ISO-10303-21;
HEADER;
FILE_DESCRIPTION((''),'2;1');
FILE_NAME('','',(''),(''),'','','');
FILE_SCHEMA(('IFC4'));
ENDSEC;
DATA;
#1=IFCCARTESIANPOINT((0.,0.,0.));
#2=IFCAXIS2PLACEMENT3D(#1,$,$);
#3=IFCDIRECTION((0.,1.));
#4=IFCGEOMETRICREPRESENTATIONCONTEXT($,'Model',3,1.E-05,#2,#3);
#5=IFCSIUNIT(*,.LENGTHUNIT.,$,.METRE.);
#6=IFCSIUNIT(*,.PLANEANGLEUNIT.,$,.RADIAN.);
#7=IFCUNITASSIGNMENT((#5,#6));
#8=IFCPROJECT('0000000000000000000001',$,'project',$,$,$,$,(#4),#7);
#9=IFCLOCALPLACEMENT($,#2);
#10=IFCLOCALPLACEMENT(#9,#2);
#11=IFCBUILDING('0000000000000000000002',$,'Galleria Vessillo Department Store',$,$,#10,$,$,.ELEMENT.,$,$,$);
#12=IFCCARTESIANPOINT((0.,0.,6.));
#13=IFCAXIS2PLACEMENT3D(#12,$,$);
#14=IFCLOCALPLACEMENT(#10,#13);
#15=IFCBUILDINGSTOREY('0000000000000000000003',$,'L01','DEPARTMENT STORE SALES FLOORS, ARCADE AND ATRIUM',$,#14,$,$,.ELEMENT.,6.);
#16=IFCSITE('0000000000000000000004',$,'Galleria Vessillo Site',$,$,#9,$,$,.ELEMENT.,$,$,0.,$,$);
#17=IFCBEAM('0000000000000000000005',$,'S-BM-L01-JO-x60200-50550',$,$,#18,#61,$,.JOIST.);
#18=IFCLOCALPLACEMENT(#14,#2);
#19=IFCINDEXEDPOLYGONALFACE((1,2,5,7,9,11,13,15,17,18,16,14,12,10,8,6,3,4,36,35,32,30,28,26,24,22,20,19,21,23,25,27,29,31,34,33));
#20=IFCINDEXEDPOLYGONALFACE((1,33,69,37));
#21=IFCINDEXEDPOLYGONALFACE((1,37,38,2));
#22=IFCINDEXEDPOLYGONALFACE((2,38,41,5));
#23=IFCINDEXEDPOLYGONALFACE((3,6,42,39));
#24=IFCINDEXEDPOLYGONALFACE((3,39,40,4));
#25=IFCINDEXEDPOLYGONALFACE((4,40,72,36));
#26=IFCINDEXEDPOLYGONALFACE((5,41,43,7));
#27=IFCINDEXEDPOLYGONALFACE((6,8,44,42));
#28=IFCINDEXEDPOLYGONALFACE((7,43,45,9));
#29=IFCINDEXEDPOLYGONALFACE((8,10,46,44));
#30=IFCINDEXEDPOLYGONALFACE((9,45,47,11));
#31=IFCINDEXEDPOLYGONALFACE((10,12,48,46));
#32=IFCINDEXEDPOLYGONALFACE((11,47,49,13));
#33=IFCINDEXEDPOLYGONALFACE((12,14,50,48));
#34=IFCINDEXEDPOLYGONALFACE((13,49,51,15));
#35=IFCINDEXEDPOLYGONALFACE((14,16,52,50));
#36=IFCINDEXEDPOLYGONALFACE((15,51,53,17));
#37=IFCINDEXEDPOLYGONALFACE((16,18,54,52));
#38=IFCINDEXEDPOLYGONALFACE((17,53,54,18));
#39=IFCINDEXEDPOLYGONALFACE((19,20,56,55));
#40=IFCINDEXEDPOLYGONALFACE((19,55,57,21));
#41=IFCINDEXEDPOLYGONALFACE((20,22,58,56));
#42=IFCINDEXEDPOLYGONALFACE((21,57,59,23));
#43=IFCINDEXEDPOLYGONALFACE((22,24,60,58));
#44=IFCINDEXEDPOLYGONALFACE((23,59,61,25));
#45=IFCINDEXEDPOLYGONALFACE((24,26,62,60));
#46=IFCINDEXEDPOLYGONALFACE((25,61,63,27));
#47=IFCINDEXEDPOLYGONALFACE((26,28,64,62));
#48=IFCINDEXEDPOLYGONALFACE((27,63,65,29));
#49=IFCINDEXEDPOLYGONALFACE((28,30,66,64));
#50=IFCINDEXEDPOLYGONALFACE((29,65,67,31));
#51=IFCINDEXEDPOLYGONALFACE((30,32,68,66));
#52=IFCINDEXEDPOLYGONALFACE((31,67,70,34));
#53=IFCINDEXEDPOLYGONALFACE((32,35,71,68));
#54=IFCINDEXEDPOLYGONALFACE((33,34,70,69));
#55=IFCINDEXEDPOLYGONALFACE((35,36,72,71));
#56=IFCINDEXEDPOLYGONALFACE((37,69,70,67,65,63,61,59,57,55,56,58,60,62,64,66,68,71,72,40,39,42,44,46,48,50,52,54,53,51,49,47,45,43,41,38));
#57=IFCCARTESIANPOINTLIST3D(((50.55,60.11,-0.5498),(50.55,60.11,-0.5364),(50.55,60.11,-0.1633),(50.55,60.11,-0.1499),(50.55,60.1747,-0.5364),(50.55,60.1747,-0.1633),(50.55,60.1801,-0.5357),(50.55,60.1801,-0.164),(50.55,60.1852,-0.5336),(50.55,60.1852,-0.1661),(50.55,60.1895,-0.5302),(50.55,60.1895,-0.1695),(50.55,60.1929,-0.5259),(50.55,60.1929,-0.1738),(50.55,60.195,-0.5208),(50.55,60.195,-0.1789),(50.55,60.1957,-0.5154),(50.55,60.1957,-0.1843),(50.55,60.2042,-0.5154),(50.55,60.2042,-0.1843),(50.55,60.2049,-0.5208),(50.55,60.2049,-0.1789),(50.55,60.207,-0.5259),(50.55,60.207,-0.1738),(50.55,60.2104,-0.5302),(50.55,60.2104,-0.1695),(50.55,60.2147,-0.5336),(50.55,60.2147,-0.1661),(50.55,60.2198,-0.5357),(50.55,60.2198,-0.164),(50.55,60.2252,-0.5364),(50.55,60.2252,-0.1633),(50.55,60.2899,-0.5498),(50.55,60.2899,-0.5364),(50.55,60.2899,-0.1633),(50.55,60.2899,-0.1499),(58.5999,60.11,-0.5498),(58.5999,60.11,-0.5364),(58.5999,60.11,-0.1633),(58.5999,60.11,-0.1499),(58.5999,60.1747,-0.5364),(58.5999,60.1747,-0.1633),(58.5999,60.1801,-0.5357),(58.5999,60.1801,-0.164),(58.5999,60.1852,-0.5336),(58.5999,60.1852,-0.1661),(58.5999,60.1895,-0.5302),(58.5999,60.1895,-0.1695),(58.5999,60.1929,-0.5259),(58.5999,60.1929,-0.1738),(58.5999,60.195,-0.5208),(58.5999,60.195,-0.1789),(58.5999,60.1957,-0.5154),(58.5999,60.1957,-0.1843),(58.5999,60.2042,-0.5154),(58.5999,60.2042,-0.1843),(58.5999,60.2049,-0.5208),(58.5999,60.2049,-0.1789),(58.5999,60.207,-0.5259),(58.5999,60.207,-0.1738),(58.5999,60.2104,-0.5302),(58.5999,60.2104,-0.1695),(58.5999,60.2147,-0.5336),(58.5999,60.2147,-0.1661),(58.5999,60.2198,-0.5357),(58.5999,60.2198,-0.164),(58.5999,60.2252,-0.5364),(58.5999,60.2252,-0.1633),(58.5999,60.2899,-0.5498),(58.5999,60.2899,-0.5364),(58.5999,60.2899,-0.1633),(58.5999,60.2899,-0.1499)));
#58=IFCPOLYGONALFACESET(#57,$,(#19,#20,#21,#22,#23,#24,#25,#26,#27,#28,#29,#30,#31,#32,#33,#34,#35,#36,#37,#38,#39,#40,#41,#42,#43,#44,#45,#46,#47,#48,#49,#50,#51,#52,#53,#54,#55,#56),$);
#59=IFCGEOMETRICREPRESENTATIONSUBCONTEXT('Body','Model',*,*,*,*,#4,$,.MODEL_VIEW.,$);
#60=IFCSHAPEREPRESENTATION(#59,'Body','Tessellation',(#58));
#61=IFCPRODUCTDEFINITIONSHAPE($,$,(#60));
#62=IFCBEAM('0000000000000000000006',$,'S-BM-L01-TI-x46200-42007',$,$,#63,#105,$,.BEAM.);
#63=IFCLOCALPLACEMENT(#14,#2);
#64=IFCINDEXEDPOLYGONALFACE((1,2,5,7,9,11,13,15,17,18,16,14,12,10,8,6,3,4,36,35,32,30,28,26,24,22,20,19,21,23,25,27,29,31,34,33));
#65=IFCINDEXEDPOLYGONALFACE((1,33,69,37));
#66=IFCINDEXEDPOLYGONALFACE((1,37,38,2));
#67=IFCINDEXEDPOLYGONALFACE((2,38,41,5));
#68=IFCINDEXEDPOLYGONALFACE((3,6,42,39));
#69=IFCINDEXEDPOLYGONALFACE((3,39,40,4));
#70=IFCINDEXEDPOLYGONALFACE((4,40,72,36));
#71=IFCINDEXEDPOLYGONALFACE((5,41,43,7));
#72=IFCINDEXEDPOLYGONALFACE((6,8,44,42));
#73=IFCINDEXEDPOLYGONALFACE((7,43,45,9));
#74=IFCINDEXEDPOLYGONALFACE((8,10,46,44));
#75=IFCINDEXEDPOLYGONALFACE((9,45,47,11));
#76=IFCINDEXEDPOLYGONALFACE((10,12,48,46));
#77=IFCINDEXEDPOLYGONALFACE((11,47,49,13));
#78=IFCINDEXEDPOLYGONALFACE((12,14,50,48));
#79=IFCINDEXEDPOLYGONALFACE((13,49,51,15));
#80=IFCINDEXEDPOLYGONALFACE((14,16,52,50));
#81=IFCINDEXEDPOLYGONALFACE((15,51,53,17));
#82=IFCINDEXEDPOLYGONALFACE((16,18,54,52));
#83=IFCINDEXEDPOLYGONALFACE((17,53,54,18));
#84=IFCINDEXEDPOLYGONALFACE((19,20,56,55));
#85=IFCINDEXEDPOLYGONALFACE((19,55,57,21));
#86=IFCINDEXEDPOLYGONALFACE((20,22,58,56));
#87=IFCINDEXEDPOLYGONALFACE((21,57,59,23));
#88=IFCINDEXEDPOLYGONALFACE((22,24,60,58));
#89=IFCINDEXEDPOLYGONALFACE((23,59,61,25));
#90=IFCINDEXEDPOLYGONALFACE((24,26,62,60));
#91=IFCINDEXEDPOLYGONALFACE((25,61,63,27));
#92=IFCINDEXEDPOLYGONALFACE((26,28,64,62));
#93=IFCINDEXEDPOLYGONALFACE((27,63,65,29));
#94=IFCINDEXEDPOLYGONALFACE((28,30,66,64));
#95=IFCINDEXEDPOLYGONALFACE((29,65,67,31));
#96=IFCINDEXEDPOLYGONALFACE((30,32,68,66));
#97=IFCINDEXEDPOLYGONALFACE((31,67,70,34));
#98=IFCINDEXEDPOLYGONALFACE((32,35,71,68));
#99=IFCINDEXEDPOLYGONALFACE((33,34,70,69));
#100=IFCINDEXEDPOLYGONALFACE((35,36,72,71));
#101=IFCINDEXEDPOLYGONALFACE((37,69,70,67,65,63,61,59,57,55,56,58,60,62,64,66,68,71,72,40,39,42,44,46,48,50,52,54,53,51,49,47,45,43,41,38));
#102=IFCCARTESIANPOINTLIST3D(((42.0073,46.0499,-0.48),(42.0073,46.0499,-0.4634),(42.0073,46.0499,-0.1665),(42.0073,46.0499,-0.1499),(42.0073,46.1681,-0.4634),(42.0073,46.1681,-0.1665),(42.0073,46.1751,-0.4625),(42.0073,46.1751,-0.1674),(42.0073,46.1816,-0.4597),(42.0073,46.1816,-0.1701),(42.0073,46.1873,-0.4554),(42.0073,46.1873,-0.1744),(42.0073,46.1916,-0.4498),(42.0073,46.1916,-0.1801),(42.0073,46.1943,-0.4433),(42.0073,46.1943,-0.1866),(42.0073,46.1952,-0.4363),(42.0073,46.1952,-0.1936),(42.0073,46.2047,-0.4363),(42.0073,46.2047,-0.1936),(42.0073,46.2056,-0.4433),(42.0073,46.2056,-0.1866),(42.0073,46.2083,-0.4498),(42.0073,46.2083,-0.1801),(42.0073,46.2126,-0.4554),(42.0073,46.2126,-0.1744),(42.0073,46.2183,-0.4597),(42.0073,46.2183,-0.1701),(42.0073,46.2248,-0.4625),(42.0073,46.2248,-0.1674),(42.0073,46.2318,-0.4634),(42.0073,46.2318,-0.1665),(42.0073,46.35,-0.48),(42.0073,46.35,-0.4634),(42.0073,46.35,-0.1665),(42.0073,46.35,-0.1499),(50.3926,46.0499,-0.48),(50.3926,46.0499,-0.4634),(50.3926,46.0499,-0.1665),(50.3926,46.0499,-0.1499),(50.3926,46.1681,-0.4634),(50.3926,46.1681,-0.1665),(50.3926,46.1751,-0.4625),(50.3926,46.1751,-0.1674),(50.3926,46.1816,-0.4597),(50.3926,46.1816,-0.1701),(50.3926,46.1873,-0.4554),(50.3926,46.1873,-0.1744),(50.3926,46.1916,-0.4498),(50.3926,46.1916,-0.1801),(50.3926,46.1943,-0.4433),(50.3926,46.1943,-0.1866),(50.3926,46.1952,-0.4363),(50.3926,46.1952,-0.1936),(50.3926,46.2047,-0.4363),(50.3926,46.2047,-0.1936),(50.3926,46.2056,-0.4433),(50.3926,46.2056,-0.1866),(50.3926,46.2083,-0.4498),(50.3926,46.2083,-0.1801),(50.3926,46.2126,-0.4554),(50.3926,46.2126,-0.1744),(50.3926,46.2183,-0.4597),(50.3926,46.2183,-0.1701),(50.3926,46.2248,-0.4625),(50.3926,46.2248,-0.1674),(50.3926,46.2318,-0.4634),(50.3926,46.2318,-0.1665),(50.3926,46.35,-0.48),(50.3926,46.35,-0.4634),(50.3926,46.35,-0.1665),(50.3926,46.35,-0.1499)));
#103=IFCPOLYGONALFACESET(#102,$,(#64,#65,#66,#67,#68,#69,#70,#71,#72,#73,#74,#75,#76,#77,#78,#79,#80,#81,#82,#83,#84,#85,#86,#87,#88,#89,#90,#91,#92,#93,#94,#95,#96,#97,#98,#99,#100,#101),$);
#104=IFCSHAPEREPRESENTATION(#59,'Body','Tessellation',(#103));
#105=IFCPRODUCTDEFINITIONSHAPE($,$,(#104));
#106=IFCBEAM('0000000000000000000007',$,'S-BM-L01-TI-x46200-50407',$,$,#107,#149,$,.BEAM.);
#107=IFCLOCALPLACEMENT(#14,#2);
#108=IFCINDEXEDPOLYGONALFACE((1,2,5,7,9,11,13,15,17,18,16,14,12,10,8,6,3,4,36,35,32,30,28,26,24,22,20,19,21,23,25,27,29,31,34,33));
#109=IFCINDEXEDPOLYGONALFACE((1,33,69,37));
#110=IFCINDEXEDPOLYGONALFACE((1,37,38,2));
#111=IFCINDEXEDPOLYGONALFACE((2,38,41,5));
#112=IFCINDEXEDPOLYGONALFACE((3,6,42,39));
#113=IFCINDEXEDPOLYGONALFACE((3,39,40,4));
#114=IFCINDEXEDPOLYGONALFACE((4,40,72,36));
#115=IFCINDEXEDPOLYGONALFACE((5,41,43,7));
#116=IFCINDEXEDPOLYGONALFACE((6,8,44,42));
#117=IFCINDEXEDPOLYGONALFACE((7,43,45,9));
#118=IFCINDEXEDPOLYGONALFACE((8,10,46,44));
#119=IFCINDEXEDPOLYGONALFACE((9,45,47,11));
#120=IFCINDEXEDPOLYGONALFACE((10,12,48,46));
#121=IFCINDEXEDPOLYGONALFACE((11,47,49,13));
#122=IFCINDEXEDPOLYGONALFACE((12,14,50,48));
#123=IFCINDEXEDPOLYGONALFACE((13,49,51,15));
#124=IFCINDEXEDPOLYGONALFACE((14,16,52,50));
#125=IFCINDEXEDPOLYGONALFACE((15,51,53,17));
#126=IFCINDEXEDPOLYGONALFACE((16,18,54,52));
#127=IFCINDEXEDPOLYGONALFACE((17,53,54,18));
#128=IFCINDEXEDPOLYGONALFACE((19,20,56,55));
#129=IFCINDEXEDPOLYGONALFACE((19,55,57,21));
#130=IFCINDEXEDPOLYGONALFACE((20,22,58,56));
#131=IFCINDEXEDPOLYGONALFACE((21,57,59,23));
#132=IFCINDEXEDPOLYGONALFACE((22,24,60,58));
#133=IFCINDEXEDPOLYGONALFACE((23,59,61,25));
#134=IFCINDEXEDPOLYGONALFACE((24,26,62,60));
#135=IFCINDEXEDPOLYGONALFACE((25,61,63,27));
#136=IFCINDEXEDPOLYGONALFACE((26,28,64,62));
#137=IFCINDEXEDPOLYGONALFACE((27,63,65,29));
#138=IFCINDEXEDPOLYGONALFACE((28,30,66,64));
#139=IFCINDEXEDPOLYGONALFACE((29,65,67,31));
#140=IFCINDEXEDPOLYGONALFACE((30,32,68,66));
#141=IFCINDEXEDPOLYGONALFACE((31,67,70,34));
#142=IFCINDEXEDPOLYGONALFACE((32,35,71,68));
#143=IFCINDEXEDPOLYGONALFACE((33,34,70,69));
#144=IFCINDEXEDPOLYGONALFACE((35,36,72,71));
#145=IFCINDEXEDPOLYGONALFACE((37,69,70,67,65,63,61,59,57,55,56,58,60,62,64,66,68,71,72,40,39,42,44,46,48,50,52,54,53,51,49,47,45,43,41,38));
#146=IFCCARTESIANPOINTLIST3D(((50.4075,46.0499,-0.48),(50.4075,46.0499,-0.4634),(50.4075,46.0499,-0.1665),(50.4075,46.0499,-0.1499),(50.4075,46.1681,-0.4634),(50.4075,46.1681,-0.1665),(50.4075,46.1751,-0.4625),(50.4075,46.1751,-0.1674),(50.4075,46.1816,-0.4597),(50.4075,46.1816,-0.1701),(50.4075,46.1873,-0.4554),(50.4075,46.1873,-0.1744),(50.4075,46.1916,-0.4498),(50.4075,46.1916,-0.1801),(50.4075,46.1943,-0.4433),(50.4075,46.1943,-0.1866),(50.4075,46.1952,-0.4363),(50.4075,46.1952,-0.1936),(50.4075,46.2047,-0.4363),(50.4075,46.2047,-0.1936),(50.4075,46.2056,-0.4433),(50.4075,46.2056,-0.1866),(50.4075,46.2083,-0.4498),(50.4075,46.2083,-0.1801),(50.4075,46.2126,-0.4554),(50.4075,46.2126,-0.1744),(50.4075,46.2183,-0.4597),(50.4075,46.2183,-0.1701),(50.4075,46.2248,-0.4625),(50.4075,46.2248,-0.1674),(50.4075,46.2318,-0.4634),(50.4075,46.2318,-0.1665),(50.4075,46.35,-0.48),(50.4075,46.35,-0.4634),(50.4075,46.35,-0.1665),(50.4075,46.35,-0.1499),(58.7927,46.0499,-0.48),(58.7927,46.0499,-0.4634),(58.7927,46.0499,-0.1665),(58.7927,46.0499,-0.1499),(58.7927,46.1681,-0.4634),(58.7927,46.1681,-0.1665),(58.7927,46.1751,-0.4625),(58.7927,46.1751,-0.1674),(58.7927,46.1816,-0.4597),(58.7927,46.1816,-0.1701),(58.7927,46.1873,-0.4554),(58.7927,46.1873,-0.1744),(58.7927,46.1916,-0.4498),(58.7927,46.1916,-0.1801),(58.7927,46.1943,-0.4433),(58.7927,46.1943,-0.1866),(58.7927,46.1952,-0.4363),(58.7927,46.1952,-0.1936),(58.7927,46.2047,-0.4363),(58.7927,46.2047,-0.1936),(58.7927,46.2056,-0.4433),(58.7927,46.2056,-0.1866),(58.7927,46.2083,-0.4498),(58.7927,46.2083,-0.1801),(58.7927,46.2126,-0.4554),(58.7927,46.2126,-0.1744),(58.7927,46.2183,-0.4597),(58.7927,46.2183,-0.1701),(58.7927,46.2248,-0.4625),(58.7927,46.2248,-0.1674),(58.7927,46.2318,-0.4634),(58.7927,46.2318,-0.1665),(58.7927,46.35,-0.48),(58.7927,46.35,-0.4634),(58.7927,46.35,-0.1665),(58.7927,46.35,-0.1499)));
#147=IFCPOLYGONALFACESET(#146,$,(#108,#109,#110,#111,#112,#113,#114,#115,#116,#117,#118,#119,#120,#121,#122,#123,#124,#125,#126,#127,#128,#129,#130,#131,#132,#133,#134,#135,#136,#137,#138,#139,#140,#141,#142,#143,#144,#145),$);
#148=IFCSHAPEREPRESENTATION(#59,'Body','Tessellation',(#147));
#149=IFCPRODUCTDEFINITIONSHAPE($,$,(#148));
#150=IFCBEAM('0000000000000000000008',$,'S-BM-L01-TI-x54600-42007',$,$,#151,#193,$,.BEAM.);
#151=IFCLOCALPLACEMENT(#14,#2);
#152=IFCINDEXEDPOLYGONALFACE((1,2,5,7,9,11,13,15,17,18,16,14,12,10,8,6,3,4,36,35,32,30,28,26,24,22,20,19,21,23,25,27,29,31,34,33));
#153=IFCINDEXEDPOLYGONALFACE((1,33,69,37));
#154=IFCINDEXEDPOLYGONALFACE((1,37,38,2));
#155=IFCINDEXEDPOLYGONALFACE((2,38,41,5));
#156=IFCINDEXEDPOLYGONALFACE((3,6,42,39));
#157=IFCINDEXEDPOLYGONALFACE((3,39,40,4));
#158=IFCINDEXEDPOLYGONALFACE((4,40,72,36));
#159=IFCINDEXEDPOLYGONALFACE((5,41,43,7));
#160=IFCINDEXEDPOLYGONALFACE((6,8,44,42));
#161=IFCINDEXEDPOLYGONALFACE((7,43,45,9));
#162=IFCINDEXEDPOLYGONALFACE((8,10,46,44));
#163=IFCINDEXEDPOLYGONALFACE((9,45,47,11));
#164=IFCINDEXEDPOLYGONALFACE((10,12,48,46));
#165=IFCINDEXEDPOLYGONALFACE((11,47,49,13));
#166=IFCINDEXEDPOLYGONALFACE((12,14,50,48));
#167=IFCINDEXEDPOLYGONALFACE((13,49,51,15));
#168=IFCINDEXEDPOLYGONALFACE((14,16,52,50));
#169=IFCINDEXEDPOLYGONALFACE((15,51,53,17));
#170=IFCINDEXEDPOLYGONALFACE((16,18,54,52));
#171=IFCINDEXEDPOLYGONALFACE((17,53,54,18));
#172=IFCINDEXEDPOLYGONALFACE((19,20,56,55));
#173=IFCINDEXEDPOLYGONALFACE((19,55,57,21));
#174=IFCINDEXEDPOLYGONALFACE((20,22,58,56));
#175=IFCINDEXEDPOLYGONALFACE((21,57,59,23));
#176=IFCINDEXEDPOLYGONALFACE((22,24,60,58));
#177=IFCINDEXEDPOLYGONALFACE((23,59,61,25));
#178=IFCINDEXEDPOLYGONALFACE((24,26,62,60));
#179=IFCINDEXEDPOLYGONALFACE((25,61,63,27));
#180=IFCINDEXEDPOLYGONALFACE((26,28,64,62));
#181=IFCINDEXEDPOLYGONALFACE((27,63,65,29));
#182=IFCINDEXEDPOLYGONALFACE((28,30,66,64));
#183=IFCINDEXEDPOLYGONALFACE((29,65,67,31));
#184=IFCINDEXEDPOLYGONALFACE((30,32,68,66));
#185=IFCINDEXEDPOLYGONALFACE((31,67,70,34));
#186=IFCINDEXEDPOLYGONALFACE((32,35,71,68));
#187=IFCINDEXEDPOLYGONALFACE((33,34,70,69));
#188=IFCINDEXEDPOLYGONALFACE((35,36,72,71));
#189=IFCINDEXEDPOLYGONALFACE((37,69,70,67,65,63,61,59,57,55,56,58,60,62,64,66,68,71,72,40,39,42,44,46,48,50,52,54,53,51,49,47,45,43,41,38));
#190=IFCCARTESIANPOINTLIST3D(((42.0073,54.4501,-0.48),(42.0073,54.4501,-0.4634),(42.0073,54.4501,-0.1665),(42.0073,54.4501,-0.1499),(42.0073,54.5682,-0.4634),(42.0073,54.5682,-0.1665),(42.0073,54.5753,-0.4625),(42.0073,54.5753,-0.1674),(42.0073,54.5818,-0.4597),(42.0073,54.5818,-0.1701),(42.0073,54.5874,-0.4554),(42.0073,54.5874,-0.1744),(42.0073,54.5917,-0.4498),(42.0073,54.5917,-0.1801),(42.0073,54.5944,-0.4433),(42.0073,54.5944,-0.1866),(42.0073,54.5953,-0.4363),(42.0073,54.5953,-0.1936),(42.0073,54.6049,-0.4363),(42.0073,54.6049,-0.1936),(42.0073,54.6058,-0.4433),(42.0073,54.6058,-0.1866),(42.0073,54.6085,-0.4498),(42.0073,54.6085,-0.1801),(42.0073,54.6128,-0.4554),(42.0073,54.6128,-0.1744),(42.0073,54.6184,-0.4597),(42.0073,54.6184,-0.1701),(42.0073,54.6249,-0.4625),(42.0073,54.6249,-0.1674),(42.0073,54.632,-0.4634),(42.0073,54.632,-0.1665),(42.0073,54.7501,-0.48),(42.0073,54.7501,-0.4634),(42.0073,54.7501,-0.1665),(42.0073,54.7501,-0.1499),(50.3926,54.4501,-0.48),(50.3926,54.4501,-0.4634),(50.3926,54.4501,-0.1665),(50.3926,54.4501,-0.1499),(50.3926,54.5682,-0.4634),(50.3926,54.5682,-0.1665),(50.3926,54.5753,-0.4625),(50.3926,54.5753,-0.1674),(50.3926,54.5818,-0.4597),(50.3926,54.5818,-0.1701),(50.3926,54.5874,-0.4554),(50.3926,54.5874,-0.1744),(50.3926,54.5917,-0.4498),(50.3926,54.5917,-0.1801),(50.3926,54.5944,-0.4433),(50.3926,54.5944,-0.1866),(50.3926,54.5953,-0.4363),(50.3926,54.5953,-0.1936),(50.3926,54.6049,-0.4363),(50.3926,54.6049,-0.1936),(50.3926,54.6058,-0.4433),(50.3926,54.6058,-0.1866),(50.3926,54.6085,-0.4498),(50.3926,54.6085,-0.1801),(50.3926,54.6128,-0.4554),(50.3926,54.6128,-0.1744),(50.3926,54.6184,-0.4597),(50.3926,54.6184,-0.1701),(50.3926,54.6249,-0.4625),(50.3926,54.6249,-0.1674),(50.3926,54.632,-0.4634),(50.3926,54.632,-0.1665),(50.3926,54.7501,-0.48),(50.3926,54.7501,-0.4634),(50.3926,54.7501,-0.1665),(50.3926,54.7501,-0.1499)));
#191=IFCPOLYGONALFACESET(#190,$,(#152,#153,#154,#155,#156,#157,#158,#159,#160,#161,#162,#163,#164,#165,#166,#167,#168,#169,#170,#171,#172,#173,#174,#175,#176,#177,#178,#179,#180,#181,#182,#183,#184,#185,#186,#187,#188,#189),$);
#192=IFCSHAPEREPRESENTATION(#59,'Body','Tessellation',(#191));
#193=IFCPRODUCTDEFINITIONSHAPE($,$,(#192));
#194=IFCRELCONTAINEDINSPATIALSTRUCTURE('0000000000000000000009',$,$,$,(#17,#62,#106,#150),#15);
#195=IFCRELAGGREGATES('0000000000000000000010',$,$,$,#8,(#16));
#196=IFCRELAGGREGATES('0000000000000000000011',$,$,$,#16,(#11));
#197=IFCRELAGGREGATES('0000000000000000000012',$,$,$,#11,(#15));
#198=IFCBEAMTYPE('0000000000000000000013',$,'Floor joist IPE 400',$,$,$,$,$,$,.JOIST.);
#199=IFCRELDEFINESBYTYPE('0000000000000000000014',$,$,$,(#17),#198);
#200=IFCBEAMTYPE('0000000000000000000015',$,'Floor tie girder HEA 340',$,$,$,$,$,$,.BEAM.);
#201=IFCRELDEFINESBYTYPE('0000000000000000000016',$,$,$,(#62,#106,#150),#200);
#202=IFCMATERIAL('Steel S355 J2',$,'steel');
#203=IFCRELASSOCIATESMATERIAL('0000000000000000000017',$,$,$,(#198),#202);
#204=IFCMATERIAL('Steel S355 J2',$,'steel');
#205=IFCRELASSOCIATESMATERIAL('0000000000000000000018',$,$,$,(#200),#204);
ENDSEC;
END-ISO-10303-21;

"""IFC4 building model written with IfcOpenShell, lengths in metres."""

from ifc_helpers import new_model, si_unit, direction, frame, origin, origin_2d, place, context, subcontext, project, spatial, i_section, extrude, material, material_profile, profile_set, type_object, element, save


model = new_model("IFC4")

# Units and contexts
model_context = context("Model", 3, precision=1e-05, world=origin(), true_north=direction((0.0, 1.0)))
body_context = subcontext(model_context, "Body", "Model", "MODEL_VIEW")
ifc_project = project(units=[si_unit("LENGTHUNIT", "METRE"), si_unit("PLANEANGLEUNIT", "RADIAN")], contexts=[model_context])

# Site, building, storey
site_placement = place(None, origin())
site = spatial("IfcSite", under=ifc_project, at=site_placement, Name="Galleria Vessillo Site", CompositionType="ELEMENT", RefElevation=0.0)
building_placement = place(site_placement, origin())
building = spatial("IfcBuilding", under=site, at=building_placement, Name="Galleria Vessillo Department Store", CompositionType="ELEMENT")
storey_placement = place(building_placement, frame((0.0, 0.0, 6.0)))
storey = spatial("IfcBuildingStorey", under=building, at=storey_placement, Name="L01", Description="DEPARTMENT STORE SALES FLOORS, ARCADE AND ATRIUM", CompositionType="ELEMENT", Elevation=6.0)

# Beams
ifc_material_1 = material(Name="Steel S355 J2", Category="steel")
ifc_material_profile_1 = material_profile(ifc_material_1, i_section(OverallWidth=0.1799, OverallDepth=0.3999, WebThickness=0.0085, FlangeThickness=0.0134, FilletRadius=0.021, at=origin_2d()), Name="IPE 400")
ifc_profile_set_1 = profile_set([ifc_material_profile_1], Name="Steel S355 J2")
beam_type_1 = type_object("IfcBeamType", Name="Floor joist IPE 400", PredefinedType="JOIST", material=ifc_profile_set_1)
for number, where, z_axis, x_axis, name in (
    (1, (50.55, 60.2, -0.3499), (1.0, 0.0, 0.0), (0.0, 1.0, 0.0), "S-BM-L01-JO-x60200-50550"),
):
    element("IfcBeam", number, at=place(storey_placement, frame(where, z_axis=z_axis, x_axis=x_axis)), inside=storey, type_object=beam_type_1, Name=name, PredefinedType="JOIST", context=body_context, shape_type="SweptSolid", body=[
        extrude(i_section(OverallWidth=0.1799, OverallDepth=0.3999, WebThickness=0.0085, FlangeThickness=0.0134, FilletRadius=0.021, at=origin_2d()), origin(), (0.0, 0.0, 1.0), 8.0498),
    ])
ifc_material_2 = material(Name="Steel S355 J2", Category="steel")
ifc_material_profile_2 = material_profile(ifc_material_2, i_section(OverallWidth=0.3, OverallDepth=0.3301, WebThickness=0.0095, FlangeThickness=0.0166, FilletRadius=0.0271, at=origin_2d()), Name="HEA 340")
ifc_profile_set_2 = profile_set([ifc_material_profile_2], Name="Steel S355 J2")
beam_type_2 = type_object("IfcBeamType", Name="Floor tie girder HEA 340", PredefinedType="BEAM", material=ifc_profile_set_2)
for number, where, z_axis, x_axis, name in (
    (2, (42.0073, 46.2, -0.3149), (1.0, 0.0, 0.0), (0.0, 1.0, 0.0), "S-BM-L01-TI-x46200-42007"),
    (3, (50.4075, 46.2, -0.3149), (1.0, 0.0, 0.0), (0.0, 1.0, 0.0), "S-BM-L01-TI-x46200-50407"),
    (4, (42.0073, 54.6001, -0.3149), (1.0, 0.0, 0.0), (0.0, 1.0, 0.0), "S-BM-L01-TI-x54600-42007"),
):
    element("IfcBeam", number, at=place(storey_placement, frame(where, z_axis=z_axis, x_axis=x_axis)), inside=storey, type_object=beam_type_2, Name=name, PredefinedType="BEAM", context=body_context, shape_type="SweptSolid", body=[
        extrude(i_section(OverallWidth=0.3, OverallDepth=0.3301, WebThickness=0.0095, FlangeThickness=0.0166, FilletRadius=0.0271, at=origin_2d()), origin(), (0.0, 0.0, 1.0), 8.3853),
    ])

save(model, "model.ifc")
